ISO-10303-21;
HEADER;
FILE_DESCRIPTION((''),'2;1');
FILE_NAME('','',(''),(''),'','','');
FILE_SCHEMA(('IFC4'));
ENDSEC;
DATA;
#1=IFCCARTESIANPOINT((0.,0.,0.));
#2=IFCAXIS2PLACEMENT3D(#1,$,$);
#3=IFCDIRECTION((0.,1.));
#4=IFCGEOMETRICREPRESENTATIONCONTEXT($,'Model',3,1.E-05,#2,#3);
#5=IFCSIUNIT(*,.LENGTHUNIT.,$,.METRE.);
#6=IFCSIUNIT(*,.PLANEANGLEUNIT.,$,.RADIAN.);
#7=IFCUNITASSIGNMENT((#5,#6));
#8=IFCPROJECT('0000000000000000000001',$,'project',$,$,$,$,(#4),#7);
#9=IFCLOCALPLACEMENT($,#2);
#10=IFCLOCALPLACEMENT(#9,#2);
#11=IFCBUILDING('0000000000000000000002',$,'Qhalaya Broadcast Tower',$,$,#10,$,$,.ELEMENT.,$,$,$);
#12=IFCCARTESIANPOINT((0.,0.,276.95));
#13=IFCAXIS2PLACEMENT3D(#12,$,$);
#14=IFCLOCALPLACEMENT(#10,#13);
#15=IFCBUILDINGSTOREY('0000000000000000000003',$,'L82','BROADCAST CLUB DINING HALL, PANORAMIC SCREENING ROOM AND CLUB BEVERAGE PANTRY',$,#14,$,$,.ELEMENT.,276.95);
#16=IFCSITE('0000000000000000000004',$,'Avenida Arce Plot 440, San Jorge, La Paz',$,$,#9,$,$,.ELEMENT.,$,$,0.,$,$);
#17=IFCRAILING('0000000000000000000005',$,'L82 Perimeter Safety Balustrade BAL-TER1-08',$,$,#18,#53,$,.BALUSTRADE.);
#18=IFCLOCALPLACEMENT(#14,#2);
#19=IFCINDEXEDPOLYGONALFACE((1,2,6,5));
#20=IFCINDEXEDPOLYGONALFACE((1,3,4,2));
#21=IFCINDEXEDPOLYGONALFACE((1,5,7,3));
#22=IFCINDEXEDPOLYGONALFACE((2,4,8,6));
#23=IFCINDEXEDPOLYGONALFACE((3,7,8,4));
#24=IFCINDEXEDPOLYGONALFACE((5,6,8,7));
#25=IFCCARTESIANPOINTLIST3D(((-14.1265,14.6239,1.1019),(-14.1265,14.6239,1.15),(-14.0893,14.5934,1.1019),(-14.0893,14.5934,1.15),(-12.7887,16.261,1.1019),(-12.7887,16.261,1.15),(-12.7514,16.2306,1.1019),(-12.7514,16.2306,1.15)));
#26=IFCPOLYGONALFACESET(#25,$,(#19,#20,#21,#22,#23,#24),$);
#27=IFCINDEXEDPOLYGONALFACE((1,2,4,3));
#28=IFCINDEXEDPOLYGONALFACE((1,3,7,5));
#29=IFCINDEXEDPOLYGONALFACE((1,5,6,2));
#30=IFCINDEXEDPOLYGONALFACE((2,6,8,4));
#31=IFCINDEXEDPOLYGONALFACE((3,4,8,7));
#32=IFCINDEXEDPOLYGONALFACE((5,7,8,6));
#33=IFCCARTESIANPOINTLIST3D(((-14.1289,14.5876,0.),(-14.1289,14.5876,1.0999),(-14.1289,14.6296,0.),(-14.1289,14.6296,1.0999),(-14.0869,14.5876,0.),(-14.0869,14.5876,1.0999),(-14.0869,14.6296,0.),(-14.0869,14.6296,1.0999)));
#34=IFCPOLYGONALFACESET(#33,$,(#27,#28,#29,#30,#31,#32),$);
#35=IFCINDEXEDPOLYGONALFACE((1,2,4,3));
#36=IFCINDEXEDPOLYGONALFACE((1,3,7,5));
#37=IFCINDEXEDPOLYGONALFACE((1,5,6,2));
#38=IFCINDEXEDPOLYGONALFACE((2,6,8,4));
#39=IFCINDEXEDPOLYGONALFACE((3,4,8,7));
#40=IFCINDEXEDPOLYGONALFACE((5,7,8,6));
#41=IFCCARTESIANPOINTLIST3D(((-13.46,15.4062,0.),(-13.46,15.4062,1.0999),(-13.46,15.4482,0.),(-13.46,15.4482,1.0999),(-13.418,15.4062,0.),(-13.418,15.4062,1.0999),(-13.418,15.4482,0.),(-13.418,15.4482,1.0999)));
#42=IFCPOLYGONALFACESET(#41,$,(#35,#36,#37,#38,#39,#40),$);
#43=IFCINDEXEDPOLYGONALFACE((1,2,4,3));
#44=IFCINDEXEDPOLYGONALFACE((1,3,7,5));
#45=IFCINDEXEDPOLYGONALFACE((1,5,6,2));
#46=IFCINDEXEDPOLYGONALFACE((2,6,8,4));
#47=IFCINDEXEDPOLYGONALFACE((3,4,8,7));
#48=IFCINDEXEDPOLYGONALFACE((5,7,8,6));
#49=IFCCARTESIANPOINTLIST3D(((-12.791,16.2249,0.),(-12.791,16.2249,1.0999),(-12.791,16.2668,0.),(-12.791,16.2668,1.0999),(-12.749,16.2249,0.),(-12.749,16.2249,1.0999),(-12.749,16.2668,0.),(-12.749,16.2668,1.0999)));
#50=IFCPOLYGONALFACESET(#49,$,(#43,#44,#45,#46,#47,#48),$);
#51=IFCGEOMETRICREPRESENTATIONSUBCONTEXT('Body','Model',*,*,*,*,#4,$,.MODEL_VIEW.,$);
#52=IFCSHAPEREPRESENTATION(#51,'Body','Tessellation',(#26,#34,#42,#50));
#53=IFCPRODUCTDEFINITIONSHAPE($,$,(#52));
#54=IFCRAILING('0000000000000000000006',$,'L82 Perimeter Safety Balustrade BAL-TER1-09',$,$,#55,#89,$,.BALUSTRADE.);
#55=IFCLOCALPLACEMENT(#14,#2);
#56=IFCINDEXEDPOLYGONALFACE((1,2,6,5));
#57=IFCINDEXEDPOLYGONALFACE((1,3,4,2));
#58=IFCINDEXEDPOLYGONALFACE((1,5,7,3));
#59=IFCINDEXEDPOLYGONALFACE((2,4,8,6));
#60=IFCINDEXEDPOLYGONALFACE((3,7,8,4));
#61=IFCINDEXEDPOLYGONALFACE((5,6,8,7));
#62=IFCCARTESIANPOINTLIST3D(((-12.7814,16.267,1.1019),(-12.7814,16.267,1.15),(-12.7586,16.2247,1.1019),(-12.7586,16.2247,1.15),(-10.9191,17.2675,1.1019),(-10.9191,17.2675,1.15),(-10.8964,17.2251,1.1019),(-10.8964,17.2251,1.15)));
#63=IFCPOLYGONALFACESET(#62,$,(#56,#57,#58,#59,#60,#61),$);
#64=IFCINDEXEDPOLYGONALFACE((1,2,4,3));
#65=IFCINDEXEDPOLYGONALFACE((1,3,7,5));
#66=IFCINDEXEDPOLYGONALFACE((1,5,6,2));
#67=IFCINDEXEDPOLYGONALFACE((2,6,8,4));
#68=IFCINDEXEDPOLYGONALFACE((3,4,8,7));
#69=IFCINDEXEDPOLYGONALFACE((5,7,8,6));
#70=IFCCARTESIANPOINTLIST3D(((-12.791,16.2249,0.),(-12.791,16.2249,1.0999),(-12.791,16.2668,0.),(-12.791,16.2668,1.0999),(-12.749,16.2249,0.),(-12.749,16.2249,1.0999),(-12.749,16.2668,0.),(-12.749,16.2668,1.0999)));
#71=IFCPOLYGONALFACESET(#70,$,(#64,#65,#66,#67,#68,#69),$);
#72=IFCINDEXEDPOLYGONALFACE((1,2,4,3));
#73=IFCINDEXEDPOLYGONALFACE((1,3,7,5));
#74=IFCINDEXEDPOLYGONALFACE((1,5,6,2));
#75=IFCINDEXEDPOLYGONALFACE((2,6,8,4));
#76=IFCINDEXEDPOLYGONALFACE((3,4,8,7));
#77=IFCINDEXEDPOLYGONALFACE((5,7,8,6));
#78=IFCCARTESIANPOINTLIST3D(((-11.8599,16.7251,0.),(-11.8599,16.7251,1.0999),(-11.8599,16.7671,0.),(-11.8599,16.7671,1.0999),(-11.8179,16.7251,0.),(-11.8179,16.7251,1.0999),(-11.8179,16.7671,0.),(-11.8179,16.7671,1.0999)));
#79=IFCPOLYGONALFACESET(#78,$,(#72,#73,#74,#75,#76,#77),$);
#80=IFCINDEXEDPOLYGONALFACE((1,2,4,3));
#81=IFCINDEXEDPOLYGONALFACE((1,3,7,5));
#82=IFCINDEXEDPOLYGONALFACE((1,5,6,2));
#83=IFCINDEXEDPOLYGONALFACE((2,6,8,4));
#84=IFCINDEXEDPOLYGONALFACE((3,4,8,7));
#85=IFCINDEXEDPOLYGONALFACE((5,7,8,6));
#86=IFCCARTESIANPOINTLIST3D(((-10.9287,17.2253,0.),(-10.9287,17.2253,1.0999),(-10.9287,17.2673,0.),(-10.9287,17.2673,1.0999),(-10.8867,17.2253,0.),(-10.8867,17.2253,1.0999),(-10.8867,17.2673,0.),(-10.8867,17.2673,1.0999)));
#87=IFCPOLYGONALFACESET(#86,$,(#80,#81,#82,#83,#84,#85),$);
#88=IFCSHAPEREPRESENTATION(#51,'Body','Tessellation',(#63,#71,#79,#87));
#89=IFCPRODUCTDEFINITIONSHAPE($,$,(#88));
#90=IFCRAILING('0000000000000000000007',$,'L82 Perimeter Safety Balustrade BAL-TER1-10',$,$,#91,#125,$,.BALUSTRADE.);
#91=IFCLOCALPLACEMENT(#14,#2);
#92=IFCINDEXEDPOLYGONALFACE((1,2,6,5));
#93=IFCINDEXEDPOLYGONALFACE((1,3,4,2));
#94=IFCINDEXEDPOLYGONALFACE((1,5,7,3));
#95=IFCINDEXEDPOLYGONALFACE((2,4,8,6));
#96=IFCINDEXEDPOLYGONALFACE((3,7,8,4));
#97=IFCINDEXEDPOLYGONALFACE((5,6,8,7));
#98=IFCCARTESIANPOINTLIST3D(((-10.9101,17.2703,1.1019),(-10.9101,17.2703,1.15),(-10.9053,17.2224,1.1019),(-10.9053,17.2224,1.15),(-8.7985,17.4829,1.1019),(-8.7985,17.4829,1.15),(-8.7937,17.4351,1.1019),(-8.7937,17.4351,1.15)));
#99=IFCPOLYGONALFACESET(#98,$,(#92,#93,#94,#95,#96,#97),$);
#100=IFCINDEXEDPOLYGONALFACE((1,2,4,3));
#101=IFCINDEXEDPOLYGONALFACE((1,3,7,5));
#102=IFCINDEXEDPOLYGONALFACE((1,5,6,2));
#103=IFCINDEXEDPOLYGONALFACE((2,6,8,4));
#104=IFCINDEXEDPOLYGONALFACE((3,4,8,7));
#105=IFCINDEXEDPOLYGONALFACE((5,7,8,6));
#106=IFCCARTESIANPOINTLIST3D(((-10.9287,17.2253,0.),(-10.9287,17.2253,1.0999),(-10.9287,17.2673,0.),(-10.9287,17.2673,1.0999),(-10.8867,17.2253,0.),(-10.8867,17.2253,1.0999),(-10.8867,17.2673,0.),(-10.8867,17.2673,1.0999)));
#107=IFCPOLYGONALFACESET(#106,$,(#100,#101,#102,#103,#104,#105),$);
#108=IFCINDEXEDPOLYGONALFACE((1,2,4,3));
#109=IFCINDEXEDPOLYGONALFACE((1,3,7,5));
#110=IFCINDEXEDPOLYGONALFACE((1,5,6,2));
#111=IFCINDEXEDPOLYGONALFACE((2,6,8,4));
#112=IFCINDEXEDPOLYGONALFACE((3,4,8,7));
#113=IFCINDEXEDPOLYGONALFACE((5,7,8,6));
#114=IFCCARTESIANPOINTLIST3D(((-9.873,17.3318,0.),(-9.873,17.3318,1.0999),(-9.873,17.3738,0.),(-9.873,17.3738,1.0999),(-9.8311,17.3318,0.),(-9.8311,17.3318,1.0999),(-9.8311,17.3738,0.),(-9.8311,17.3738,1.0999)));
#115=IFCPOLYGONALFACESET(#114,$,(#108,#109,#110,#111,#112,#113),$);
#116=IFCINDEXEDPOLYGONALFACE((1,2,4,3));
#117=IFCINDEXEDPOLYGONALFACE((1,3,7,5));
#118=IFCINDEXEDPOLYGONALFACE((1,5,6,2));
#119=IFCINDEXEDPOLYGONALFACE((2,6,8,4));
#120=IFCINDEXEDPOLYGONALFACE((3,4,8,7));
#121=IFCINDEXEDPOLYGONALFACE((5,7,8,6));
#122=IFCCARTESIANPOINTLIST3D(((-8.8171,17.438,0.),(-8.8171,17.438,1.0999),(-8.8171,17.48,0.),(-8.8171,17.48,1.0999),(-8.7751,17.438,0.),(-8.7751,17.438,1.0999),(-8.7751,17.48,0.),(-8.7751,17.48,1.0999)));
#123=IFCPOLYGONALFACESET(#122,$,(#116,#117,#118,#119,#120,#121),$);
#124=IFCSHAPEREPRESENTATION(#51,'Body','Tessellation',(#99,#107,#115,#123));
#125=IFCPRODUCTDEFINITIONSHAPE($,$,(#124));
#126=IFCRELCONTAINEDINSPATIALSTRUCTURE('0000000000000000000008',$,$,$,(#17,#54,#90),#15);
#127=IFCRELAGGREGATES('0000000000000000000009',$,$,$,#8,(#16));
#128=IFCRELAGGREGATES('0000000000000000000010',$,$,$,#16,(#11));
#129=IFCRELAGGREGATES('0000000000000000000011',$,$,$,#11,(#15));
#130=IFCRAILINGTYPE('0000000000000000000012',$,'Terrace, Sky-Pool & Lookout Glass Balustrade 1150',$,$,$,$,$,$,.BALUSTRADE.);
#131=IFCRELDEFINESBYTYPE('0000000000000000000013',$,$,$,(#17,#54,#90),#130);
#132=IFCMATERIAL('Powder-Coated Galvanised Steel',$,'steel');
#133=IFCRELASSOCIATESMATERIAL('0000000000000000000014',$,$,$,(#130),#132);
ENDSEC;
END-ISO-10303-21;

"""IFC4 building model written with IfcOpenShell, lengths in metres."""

from ifc_helpers import new_model, si_unit, direction, frame, origin, origin_2d, place, context, subcontext, project, spatial, rectangle, extrude, material, type_object, element, save


model = new_model("IFC4")

# Units and contexts
model_context = context("Model", 3, precision=1e-05, world=origin(), true_north=direction((0.0, 1.0)))
body_context = subcontext(model_context, "Body", "Model", "MODEL_VIEW")
ifc_project = project(units=[si_unit("LENGTHUNIT", "METRE"), si_unit("PLANEANGLEUNIT", "RADIAN")], contexts=[model_context])

# Site, building, storey
site_placement = place(None, origin())
site = spatial("IfcSite", under=ifc_project, at=site_placement, Name="Avenida Arce Plot 440, San Jorge, La Paz", CompositionType="ELEMENT", RefElevation=0.0)
building_placement = place(site_placement, origin())
building = spatial("IfcBuilding", under=site, at=building_placement, Name="Qhalaya Broadcast Tower", CompositionType="ELEMENT")
storey_placement = place(building_placement, frame((0.0, 0.0, 276.95)))
storey = spatial("IfcBuildingStorey", under=building, at=storey_placement, Name="L82", Description="BROADCAST CLUB DINING HALL, PANORAMIC SCREENING ROOM AND CLUB BEVERAGE PANTRY", CompositionType="ELEMENT", Elevation=276.95)

# Railings
ifc_material_1 = material(Name="Powder-Coated Galvanised Steel", Category="steel")
railing_type_1 = type_object("IfcRailingType", Name="Terrace, Sky-Pool & Lookout Glass Balustrade 1150", PredefinedType="BALUSTRADE", material=ifc_material_1)
railing_1_placement = place(storey_placement, frame((-14.1079, 14.6086, 0.0)))
element("IfcRailing", 1, at=railing_1_placement, inside=storey, type_object=railing_type_1, Name="L82 Perimeter Safety Balustrade BAL-TER1-08", PredefinedType="BALUSTRADE", context=body_context, shape_type="SweptSolid", body=[
    extrude(rectangle(XDim=0.0481, YDim=0.0481, at=origin_2d()), frame((0.0, 0.0, 1.126), z_axis=(0.632772, 0.774338, 0.0), x_axis=(-0.774338, 0.632772, 0.0)), (0.0, 0.0, 1.0), 2.1143),
    extrude(rectangle(XDim=0.042, YDim=0.042, at=origin_2d()), origin(), (0.0, 0.0, 1.0), 1.0999),
    extrude(rectangle(XDim=0.042, YDim=0.042, at=origin_2d()), frame((0.6689, 0.8186, 0.0)), (0.0, 0.0, 1.0), 1.0999),
    extrude(rectangle(XDim=0.042, YDim=0.042, at=origin_2d()), frame((1.3379, 1.6372, 0.0)), (0.0, 0.0, 1.0), 1.0999),
])
railing_2_placement = place(storey_placement, frame((-12.77, 16.2458, 0.0)))
element("IfcRailing", 2, at=railing_2_placement, inside=storey, type_object=railing_type_1, Name="L82 Perimeter Safety Balustrade BAL-TER1-09", PredefinedType="BALUSTRADE", context=body_context, shape_type="SweptSolid", body=[
    extrude(rectangle(XDim=0.0481, YDim=0.0481, at=origin_2d()), frame((0.0, 0.0, 1.126), z_axis=(0.880923, 0.473259, 0.0), x_axis=(-0.473259, 0.880923, 0.0)), (0.0, 0.0, 1.0), 2.114),
    extrude(rectangle(XDim=0.042, YDim=0.042, at=origin_2d()), origin(), (0.0, 0.0, 1.0), 1.0999),
    extrude(rectangle(XDim=0.042, YDim=0.042, at=origin_2d()), frame((0.9312, 0.5002, 0.0)), (0.0, 0.0, 1.0), 1.0999),
    extrude(rectangle(XDim=0.042, YDim=0.042, at=origin_2d()), frame((1.8623, 1.0005, 0.0)), (0.0, 0.0, 1.0), 1.0999),
])
railing_3_placement = place(storey_placement, frame((-10.9077, 17.2463, 0.0)))
element("IfcRailing", 3, at=railing_3_placement, inside=storey, type_object=railing_type_1, Name="L82 Perimeter Safety Balustrade BAL-TER1-10", PredefinedType="BALUSTRADE", context=body_context, shape_type="SweptSolid", body=[
    extrude(rectangle(XDim=0.0481, YDim=0.0481, at=origin_2d()), frame((0.0, 0.0, 1.126), z_axis=(0.994967, 0.100198, 0.0), x_axis=(-0.100198, 0.994967, 0.0)), (0.0, 0.0, 1.0), 2.1223),
    extrude(rectangle(XDim=0.042, YDim=0.042, at=origin_2d()), origin(), (0.0, 0.0, 1.0), 1.0999),
    extrude(rectangle(XDim=0.042, YDim=0.042, at=origin_2d()), frame((1.0557, 0.1064, 0.0)), (0.0, 0.0, 1.0), 1.0999),
    extrude(rectangle(XDim=0.042, YDim=0.042, at=origin_2d()), frame((2.1116, 0.2126, 0.0)), (0.0, 0.0, 1.0), 1.0999),
])

save(model, "model.ifc")
